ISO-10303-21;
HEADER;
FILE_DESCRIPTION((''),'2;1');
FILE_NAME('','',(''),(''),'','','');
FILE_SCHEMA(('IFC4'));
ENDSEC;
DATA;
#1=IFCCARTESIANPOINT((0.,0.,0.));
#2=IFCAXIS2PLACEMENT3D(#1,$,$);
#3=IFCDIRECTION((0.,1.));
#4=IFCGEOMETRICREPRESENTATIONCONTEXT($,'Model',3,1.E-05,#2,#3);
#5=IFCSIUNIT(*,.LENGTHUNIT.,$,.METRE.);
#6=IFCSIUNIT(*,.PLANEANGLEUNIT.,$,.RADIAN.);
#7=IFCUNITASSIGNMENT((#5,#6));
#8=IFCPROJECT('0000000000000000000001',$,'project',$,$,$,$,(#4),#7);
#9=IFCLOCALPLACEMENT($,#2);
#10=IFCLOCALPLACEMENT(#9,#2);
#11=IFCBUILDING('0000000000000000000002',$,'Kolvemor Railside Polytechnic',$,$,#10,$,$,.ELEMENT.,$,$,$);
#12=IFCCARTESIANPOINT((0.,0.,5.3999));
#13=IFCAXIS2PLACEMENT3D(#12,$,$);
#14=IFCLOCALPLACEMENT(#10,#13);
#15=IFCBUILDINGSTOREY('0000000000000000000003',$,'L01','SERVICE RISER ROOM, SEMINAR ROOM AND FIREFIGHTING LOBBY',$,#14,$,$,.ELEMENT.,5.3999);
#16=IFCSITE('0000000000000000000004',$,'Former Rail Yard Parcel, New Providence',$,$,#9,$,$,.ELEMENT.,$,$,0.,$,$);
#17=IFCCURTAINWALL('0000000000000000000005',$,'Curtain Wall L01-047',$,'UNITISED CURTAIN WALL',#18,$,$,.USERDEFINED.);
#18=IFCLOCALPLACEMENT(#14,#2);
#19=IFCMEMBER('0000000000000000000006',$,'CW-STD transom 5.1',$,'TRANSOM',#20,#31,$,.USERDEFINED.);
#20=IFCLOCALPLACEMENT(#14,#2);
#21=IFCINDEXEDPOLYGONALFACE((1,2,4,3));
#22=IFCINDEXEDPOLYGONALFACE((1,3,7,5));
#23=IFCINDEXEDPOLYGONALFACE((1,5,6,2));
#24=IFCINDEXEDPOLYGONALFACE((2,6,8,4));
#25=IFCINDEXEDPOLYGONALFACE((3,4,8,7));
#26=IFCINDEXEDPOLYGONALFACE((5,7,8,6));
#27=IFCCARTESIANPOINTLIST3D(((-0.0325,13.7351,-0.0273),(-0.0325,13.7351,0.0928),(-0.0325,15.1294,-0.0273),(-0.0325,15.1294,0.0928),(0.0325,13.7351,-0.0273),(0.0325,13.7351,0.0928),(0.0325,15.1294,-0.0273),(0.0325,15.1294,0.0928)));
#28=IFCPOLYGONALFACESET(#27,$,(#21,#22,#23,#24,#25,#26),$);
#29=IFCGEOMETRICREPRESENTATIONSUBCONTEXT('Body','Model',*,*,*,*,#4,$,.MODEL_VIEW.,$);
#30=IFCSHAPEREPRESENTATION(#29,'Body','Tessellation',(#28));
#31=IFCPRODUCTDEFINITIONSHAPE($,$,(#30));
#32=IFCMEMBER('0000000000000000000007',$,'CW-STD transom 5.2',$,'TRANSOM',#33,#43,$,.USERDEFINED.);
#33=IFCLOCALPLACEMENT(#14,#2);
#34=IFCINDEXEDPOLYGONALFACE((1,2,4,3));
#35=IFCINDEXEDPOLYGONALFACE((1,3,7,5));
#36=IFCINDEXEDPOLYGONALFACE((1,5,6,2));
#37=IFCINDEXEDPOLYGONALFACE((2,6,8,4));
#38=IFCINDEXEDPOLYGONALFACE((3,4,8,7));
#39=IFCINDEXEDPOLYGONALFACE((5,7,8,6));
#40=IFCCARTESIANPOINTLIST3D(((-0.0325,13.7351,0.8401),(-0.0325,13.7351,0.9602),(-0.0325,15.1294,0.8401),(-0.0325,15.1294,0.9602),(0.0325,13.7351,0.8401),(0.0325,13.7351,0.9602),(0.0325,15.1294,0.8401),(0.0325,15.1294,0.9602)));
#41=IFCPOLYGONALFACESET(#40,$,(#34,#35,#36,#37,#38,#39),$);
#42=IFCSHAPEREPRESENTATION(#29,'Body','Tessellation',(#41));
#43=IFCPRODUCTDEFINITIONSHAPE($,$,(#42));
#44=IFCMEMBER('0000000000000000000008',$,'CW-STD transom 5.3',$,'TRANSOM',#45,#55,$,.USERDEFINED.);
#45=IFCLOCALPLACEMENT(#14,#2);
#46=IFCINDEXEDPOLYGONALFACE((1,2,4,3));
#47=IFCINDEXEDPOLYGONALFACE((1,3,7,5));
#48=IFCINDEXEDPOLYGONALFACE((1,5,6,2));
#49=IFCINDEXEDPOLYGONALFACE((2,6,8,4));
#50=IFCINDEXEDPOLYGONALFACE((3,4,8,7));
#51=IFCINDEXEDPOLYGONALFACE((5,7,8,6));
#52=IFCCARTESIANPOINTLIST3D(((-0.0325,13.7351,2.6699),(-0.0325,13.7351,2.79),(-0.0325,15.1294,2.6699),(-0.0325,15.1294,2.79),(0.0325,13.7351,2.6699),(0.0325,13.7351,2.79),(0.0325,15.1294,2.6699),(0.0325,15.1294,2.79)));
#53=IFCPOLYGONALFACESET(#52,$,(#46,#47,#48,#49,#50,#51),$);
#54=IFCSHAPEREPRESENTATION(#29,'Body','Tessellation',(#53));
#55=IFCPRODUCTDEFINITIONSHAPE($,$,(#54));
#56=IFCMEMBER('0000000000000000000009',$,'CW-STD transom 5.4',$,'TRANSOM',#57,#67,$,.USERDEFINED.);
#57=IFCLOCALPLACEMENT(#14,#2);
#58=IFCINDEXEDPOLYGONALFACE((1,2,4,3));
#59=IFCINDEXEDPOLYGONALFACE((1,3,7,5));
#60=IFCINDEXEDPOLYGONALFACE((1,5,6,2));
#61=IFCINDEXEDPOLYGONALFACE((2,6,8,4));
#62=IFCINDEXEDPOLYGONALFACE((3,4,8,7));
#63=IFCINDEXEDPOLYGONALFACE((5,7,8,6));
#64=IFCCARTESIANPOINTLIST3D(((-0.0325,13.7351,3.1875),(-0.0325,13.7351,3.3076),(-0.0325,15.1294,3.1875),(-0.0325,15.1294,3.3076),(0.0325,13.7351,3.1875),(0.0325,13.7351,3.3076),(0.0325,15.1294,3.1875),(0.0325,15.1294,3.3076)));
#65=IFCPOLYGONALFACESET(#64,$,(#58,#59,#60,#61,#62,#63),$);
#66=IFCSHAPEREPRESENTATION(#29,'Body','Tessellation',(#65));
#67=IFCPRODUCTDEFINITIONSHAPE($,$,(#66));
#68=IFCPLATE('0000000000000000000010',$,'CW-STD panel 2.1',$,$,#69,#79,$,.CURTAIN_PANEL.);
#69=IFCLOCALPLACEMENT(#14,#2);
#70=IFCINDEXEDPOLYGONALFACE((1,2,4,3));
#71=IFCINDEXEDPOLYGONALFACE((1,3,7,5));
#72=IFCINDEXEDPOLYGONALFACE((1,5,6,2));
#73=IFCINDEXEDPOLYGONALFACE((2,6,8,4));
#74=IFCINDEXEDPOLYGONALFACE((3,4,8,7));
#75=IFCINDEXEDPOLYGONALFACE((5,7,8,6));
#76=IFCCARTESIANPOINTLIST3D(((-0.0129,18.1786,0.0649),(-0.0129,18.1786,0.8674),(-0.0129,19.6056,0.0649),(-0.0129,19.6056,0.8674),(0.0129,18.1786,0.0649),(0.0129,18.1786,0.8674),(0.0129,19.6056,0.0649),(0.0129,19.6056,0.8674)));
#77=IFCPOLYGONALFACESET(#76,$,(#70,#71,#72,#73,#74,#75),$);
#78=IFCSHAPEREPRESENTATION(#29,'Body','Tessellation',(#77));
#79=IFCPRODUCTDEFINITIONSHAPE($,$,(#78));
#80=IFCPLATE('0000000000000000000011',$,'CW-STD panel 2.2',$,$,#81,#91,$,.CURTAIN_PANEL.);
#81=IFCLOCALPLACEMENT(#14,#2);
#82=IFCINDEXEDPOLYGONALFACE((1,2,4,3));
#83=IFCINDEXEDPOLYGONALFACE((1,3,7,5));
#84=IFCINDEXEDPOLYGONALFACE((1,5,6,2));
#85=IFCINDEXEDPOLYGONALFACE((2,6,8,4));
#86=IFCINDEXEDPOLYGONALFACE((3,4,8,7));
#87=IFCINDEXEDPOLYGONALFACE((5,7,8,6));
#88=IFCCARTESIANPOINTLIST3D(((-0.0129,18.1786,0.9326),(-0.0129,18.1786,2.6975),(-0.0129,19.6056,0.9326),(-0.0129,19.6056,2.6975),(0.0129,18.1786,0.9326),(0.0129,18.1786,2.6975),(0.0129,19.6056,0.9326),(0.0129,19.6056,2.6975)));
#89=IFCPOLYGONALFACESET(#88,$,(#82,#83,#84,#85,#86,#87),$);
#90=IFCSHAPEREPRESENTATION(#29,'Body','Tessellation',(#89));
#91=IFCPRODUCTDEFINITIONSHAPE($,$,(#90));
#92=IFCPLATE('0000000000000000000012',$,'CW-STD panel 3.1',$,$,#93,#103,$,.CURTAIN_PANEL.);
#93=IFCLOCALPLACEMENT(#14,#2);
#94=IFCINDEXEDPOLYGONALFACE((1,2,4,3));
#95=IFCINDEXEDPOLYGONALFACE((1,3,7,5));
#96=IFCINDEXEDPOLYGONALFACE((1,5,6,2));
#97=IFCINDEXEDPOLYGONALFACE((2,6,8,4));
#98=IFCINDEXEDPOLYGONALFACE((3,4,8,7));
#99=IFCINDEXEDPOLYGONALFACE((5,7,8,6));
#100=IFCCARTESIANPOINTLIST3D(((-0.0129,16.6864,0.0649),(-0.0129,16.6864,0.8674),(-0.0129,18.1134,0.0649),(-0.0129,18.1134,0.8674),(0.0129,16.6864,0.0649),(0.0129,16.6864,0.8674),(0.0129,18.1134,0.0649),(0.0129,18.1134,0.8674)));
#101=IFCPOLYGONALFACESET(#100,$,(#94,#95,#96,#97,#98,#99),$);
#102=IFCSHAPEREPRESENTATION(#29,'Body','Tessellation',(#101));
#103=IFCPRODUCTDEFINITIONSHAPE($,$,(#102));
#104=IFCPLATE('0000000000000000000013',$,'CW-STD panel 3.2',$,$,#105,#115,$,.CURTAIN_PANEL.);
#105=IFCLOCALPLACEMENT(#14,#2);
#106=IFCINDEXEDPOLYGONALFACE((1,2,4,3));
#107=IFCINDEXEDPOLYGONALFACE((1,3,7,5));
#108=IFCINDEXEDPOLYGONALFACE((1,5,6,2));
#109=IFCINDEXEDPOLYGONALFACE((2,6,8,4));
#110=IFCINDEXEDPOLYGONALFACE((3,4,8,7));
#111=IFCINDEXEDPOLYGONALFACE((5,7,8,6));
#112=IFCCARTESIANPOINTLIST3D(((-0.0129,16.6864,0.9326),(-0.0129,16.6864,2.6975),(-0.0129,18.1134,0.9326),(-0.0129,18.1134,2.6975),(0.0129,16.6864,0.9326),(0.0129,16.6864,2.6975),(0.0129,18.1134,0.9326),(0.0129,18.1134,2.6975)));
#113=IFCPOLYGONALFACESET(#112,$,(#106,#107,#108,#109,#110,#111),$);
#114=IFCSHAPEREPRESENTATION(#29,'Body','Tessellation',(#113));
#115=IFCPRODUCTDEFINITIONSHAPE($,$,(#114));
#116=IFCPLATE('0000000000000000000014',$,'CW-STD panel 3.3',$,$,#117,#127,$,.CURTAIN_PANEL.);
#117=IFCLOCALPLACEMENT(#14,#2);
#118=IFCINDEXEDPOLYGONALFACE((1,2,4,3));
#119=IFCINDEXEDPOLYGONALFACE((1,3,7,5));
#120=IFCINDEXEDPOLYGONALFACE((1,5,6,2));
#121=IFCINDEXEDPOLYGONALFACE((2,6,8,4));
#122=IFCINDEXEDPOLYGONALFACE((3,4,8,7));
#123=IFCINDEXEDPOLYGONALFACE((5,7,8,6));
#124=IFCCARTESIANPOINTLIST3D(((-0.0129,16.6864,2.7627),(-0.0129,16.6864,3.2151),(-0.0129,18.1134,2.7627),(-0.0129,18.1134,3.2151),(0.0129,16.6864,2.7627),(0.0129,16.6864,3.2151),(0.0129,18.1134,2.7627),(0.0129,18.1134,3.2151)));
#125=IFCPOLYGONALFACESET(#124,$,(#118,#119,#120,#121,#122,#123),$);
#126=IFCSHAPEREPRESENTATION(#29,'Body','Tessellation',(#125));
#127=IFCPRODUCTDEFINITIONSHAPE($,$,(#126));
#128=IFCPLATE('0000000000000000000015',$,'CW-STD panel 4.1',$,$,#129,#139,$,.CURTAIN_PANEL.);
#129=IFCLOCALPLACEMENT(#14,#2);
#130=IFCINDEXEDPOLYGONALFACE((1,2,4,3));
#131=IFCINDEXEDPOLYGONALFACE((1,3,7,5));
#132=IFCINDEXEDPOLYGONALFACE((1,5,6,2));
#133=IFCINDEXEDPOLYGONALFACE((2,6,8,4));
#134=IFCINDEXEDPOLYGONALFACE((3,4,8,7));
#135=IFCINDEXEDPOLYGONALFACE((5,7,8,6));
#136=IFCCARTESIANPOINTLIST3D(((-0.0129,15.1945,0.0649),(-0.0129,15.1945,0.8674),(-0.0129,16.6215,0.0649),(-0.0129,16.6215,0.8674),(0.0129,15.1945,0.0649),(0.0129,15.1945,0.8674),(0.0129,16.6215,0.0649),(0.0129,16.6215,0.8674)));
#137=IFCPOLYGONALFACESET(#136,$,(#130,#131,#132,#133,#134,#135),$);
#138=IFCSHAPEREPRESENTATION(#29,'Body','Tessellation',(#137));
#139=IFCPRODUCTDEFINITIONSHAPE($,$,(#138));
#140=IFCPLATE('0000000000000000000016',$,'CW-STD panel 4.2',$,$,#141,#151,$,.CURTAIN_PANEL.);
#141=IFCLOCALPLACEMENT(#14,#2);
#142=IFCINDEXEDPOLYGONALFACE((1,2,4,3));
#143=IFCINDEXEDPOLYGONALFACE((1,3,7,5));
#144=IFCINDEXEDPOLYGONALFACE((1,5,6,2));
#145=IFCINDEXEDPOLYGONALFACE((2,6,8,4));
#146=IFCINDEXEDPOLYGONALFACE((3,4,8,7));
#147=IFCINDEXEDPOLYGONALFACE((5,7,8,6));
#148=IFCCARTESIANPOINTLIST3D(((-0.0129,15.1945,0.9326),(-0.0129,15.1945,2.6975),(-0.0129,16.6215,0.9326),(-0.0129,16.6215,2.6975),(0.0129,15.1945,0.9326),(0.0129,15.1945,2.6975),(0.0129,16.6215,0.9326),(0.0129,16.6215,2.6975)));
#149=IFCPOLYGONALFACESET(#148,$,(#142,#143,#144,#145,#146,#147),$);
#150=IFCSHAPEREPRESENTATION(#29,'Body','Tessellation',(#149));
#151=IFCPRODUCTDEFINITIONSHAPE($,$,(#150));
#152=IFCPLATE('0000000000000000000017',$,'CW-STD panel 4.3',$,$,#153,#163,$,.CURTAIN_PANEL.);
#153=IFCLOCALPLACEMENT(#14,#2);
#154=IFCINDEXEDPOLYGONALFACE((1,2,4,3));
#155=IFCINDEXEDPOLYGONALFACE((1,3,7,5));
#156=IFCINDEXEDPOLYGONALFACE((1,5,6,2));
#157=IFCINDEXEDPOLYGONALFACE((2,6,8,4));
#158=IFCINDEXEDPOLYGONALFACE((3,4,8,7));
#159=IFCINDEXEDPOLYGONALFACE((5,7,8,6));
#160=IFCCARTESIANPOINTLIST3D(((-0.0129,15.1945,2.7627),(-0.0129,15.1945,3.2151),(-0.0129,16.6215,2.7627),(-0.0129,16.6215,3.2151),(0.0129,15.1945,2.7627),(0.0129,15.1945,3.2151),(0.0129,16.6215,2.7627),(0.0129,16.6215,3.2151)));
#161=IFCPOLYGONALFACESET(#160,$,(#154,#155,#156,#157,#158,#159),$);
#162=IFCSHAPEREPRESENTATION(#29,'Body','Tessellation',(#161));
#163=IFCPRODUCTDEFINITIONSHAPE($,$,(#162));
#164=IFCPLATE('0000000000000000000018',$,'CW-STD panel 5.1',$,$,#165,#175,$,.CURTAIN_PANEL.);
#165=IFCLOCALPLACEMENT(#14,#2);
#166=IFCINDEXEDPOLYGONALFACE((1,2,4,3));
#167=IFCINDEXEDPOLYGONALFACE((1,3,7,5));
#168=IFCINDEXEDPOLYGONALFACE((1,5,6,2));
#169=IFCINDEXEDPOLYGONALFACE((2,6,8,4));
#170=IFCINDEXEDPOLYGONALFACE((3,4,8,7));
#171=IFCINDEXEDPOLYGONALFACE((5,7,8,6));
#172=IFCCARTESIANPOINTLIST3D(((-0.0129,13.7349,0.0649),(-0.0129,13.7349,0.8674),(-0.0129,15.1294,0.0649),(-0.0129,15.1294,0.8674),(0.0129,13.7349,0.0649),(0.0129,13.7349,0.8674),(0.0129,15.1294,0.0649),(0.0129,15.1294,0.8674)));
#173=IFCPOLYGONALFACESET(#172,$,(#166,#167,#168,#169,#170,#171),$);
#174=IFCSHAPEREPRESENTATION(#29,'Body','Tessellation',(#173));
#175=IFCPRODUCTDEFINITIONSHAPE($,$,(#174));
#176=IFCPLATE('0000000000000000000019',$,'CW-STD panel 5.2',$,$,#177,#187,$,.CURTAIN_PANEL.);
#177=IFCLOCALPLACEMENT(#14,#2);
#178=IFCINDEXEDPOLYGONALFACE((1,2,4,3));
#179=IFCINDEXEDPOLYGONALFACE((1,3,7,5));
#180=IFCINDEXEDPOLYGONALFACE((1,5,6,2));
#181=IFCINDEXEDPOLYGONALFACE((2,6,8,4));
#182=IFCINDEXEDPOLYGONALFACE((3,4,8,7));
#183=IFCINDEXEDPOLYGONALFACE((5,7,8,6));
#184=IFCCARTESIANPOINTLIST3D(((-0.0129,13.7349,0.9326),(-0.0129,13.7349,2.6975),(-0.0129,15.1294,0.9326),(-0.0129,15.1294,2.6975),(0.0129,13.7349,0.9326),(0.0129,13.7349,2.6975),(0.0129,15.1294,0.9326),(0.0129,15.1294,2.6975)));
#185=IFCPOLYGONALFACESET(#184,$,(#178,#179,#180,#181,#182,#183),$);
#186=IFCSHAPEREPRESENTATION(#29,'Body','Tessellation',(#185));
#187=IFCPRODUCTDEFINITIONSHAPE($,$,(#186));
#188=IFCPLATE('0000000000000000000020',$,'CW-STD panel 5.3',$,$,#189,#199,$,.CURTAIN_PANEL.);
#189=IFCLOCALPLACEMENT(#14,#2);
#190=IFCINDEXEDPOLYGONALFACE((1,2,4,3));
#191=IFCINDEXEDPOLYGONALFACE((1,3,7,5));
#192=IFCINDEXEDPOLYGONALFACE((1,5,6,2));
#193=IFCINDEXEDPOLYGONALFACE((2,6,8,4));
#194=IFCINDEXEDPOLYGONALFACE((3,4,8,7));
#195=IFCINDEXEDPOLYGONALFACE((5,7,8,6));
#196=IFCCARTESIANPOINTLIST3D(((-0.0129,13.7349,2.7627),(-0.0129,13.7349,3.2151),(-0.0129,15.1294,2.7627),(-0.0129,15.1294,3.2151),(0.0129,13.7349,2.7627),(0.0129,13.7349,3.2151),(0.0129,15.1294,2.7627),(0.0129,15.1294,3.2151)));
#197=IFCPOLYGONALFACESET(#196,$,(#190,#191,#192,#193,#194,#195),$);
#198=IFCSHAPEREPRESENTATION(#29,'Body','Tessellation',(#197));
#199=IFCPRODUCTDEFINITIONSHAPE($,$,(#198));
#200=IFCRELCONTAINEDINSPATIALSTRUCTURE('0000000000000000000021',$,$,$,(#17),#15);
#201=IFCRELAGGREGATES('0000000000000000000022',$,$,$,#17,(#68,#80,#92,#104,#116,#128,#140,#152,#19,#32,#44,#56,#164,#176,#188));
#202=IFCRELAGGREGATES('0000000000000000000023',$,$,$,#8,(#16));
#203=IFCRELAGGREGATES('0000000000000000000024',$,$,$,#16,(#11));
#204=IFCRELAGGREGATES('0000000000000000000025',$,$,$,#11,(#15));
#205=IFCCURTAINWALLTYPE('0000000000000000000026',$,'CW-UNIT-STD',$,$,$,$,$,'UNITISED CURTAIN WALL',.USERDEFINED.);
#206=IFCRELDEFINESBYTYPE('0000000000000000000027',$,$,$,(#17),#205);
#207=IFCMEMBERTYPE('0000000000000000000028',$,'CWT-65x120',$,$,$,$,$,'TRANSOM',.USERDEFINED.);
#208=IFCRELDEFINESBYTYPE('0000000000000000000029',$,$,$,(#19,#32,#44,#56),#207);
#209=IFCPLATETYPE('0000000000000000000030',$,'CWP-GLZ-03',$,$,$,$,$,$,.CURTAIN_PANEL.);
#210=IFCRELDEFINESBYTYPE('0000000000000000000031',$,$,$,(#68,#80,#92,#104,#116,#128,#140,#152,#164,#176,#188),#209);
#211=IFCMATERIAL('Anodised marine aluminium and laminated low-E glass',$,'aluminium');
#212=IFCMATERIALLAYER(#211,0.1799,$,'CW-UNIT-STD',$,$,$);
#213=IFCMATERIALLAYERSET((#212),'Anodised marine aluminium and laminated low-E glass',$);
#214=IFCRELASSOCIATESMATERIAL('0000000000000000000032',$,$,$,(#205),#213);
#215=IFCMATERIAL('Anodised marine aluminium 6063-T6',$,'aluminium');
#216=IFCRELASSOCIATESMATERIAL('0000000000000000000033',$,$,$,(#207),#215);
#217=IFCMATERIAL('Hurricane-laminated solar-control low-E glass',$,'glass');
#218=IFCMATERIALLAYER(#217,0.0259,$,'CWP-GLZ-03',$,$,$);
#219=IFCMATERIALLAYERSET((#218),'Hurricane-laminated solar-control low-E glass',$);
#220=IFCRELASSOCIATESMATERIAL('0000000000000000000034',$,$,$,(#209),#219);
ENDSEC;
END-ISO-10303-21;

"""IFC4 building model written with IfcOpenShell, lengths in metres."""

from ifc_helpers import new_model, si_unit, direction, frame, origin, origin_2d, place, context, subcontext, project, spatial, rectangle, extrude, material, layer, layer_set, material_profile, profile_set, type_object, element, aggregate, save


model = new_model("IFC4")

# Units and contexts
model_context = context("Model", 3, precision=1e-05, world=origin(), true_north=direction((0.0, 1.0)))
body_context = subcontext(model_context, "Body", "Model", "MODEL_VIEW")
ifc_project = project(units=[si_unit("LENGTHUNIT", "METRE"), si_unit("PLANEANGLEUNIT", "RADIAN")], contexts=[model_context])

# Site, building, storey
site_placement = place(None, origin())
site = spatial("IfcSite", under=ifc_project, at=site_placement, Name="Former Rail Yard Parcel, New Providence", CompositionType="ELEMENT", RefElevation=0.0)
building_placement = place(site_placement, origin())
building = spatial("IfcBuilding", under=site, at=building_placement, Name="Kolvemor Railside Polytechnic", CompositionType="ELEMENT")
storey_placement = place(building_placement, frame((0.0, 0.0, 5.3999)))
storey = spatial("IfcBuildingStorey", under=building, at=storey_placement, Name="L01", Description="SERVICE RISER ROOM, SEMINAR ROOM AND FIREFIGHTING LOBBY", CompositionType="ELEMENT", Elevation=5.3999)

# Curtain wall, members, plates
ifc_material_1 = material(Name="Anodised marine aluminium and laminated low-E glass", Category="aluminium")
ifc_layer_1 = layer(ifc_material_1, 0.1799, Name="CW-UNIT-STD")
ifc_layer_set_1 = layer_set([ifc_layer_1], Name="Anodised marine aluminium and laminated low-E glass")
curtain_wall_type = type_object("IfcCurtainWallType", Name="CW-UNIT-STD", ElementType="UNITISED CURTAIN WALL", PredefinedType="USERDEFINED", material=ifc_layer_set_1)
curtain_wall_placement = place(storey_placement, origin())
curtain_wall = element("IfcCurtainWall", 1, at=curtain_wall_placement, inside=storey, type_object=curtain_wall_type, Name="Curtain Wall L01-047", ObjectType="UNITISED CURTAIN WALL", PredefinedType="USERDEFINED")
ifc_material_2 = material(Name="Anodised marine aluminium 6063-T6", Category="aluminium")
ifc_material_profile_1 = material_profile(ifc_material_2, rectangle(XDim=0.0649, YDim=0.1201, at=origin_2d()), Name="CW-TRN-65x120")
ifc_profile_set_1 = profile_set([ifc_material_profile_1], Name="Anodised marine aluminium 6063-T6")
member_type_1 = type_object("IfcMemberType", Name="CWT-65x120", ElementType="TRANSOM", PredefinedType="USERDEFINED", material=ifc_profile_set_1)
member_1_placement = place(storey_placement, frame((0.0, 15.1294, 0.0327), z_axis=(0.0, -1.0, 0.0), x_axis=(1.0, 0.0, 0.0)))
member_1 = element("IfcMember", 2, at=member_1_placement, type_object=member_type_1, Name="CW-STD transom 5.1", ObjectType="TRANSOM", PredefinedType="USERDEFINED", context=body_context, shape_type="SweptSolid", body=[
    extrude(rectangle(XDim=0.0649, YDim=0.1201, at=origin_2d()), origin(), (0.0, 0.0, 1.0), 1.3943),
])
member_2_placement = place(storey_placement, frame((0.0, 15.1294, 0.9001), z_axis=(0.0, -1.0, 0.0), x_axis=(1.0, 0.0, 0.0)))
member_2 = element("IfcMember", 3, at=member_2_placement, type_object=member_type_1, Name="CW-STD transom 5.2", ObjectType="TRANSOM", PredefinedType="USERDEFINED", context=body_context, shape_type="SweptSolid", body=[
    extrude(rectangle(XDim=0.0649, YDim=0.1201, at=origin_2d()), origin(), (0.0, 0.0, 1.0), 1.3943),
])
member_3_placement = place(storey_placement, frame((0.0, 15.1294, 2.73), z_axis=(0.0, -1.0, 0.0), x_axis=(1.0, 0.0, 0.0)))
member_3 = element("IfcMember", 4, at=member_3_placement, type_object=member_type_1, Name="CW-STD transom 5.3", ObjectType="TRANSOM", PredefinedType="USERDEFINED", context=body_context, shape_type="SweptSolid", body=[
    extrude(rectangle(XDim=0.0649, YDim=0.1201, at=origin_2d()), origin(), (0.0, 0.0, 1.0), 1.3943),
])
member_4_placement = place(storey_placement, frame((0.0, 15.1294, 3.2476), z_axis=(0.0, -1.0, 0.0), x_axis=(1.0, 0.0, 0.0)))
member_4 = element("IfcMember", 5, at=member_4_placement, type_object=member_type_1, Name="CW-STD transom 5.4", ObjectType="TRANSOM", PredefinedType="USERDEFINED", context=body_context, shape_type="SweptSolid", body=[
    extrude(rectangle(XDim=0.0649, YDim=0.1201, at=origin_2d()), origin(), (0.0, 0.0, 1.0), 1.3943),
])
ifc_material_3 = material(Name="Hurricane-laminated solar-control low-E glass", Category="glass")
ifc_layer_2 = layer(ifc_material_3, 0.0259, Name="CWP-GLZ-03")
ifc_layer_set_2 = layer_set([ifc_layer_2], Name="Hurricane-laminated solar-control low-E glass")
plate_type = type_object("IfcPlateType", Name="CWP-GLZ-03", PredefinedType="CURTAIN_PANEL", material=ifc_layer_set_2)
plate_1_placement = place(storey_placement, frame((0.0, 18.8921, 0.0649), z_axis=(0.0, 0.0, 1.0), x_axis=(0.0, -1.0, 0.0)))
plate_1 = element("IfcPlate", 6, at=plate_1_placement, type_object=plate_type, Name="CW-STD panel 2.1", PredefinedType="CURTAIN_PANEL", context=body_context, shape_type="SweptSolid", body=[
    extrude(rectangle(XDim=1.427, YDim=0.0259, at=origin_2d()), origin(), (0.0, 0.0, 1.0), 0.8025),
])
plate_2_placement = place(storey_placement, frame((0.0, 18.8921, 0.9326), z_axis=(0.0, 0.0, 1.0), x_axis=(0.0, -1.0, 0.0)))
plate_2 = element("IfcPlate", 7, at=plate_2_placement, type_object=plate_type, Name="CW-STD panel 2.2", PredefinedType="CURTAIN_PANEL", context=body_context, shape_type="SweptSolid", body=[
    extrude(rectangle(XDim=1.427, YDim=0.0259, at=origin_2d()), origin(), (0.0, 0.0, 1.0), 1.7649),
])
plate_3_placement = place(storey_placement, frame((0.0, 17.3999, 0.0649), z_axis=(0.0, 0.0, 1.0), x_axis=(0.0, -1.0, 0.0)))
plate_3 = element("IfcPlate", 8, at=plate_3_placement, type_object=plate_type, Name="CW-STD panel 3.1", PredefinedType="CURTAIN_PANEL", context=body_context, shape_type="SweptSolid", body=[
    extrude(rectangle(XDim=1.427, YDim=0.0259, at=origin_2d()), origin(), (0.0, 0.0, 1.0), 0.8025),
])
plate_4_placement = place(storey_placement, frame((0.0, 17.3999, 0.9326), z_axis=(0.0, 0.0, 1.0), x_axis=(0.0, -1.0, 0.0)))
plate_4 = element("IfcPlate", 9, at=plate_4_placement, type_object=plate_type, Name="CW-STD panel 3.2", PredefinedType="CURTAIN_PANEL", context=body_context, shape_type="SweptSolid", body=[
    extrude(rectangle(XDim=1.427, YDim=0.0259, at=origin_2d()), origin(), (0.0, 0.0, 1.0), 1.7649),
])
plate_5_placement = place(storey_placement, frame((0.0, 17.3999, 2.7627), z_axis=(0.0, 0.0, 1.0), x_axis=(0.0, -1.0, 0.0)))
plate_5 = element("IfcPlate", 10, at=plate_5_placement, type_object=plate_type, Name="CW-STD panel 3.3", PredefinedType="CURTAIN_PANEL", context=body_context, shape_type="SweptSolid", body=[
    extrude(rectangle(XDim=1.427, YDim=0.0259, at=origin_2d()), origin(), (0.0, 0.0, 1.0), 0.4524),
])
plate_6_placement = place(storey_placement, frame((0.0, 15.908, 0.0649), z_axis=(0.0, 0.0, 1.0), x_axis=(0.0, -1.0, 0.0)))
plate_6 = element("IfcPlate", 11, at=plate_6_placement, type_object=plate_type, Name="CW-STD panel 4.1", PredefinedType="CURTAIN_PANEL", context=body_context, shape_type="SweptSolid", body=[
    extrude(rectangle(XDim=1.427, YDim=0.0259, at=origin_2d()), origin(), (0.0, 0.0, 1.0), 0.8025),
])
plate_7_placement = place(storey_placement, frame((0.0, 15.908, 0.9326), z_axis=(0.0, 0.0, 1.0), x_axis=(0.0, -1.0, 0.0)))
plate_7 = element("IfcPlate", 12, at=plate_7_placement, type_object=plate_type, Name="CW-STD panel 4.2", PredefinedType="CURTAIN_PANEL", context=body_context, shape_type="SweptSolid", body=[
    extrude(rectangle(XDim=1.427, YDim=0.0259, at=origin_2d()), origin(), (0.0, 0.0, 1.0), 1.7649),
])
plate_8_placement = place(storey_placement, frame((0.0, 15.908, 2.7627), z_axis=(0.0, 0.0, 1.0), x_axis=(0.0, -1.0, 0.0)))
plate_8 = element("IfcPlate", 13, at=plate_8_placement, type_object=plate_type, Name="CW-STD panel 4.3", PredefinedType="CURTAIN_PANEL", context=body_context, shape_type="SweptSolid", body=[
    extrude(rectangle(XDim=1.427, YDim=0.0259, at=origin_2d()), origin(), (0.0, 0.0, 1.0), 0.4524),
])
plate_9_placement = place(storey_placement, frame((0.0, 14.4321, 0.0649), z_axis=(0.0, 0.0, 1.0), x_axis=(0.0, -1.0, 0.0)))
plate_9 = element("IfcPlate", 14, at=plate_9_placement, type_object=plate_type, Name="CW-STD panel 5.1", PredefinedType="CURTAIN_PANEL", context=body_context, shape_type="SweptSolid", body=[
    extrude(rectangle(XDim=1.3945, YDim=0.0259, at=origin_2d()), origin(), (0.0, 0.0, 1.0), 0.8025),
])
plate_10_placement = place(storey_placement, frame((0.0, 14.4321, 0.9326), z_axis=(0.0, 0.0, 1.0), x_axis=(0.0, -1.0, 0.0)))
plate_10 = element("IfcPlate", 15, at=plate_10_placement, type_object=plate_type, Name="CW-STD panel 5.2", PredefinedType="CURTAIN_PANEL", context=body_context, shape_type="SweptSolid", body=[
    extrude(rectangle(XDim=1.3945, YDim=0.0259, at=origin_2d()), origin(), (0.0, 0.0, 1.0), 1.7649),
])
plate_11_placement = place(storey_placement, frame((0.0, 14.4321, 2.7627), z_axis=(0.0, 0.0, 1.0), x_axis=(0.0, -1.0, 0.0)))
plate_11 = element("IfcPlate", 16, at=plate_11_placement, type_object=plate_type, Name="CW-STD panel 5.3", PredefinedType="CURTAIN_PANEL", context=body_context, shape_type="SweptSolid", body=[
    extrude(rectangle(XDim=1.3945, YDim=0.0259, at=origin_2d()), origin(), (0.0, 0.0, 1.0), 0.4524),
])
aggregate(curtain_wall, [plate_1, plate_2, plate_3, plate_4, plate_5, plate_6, plate_7, plate_8, member_1, member_2, member_3, member_4, plate_9, plate_10, plate_11])

save(model, "model.ifc")
